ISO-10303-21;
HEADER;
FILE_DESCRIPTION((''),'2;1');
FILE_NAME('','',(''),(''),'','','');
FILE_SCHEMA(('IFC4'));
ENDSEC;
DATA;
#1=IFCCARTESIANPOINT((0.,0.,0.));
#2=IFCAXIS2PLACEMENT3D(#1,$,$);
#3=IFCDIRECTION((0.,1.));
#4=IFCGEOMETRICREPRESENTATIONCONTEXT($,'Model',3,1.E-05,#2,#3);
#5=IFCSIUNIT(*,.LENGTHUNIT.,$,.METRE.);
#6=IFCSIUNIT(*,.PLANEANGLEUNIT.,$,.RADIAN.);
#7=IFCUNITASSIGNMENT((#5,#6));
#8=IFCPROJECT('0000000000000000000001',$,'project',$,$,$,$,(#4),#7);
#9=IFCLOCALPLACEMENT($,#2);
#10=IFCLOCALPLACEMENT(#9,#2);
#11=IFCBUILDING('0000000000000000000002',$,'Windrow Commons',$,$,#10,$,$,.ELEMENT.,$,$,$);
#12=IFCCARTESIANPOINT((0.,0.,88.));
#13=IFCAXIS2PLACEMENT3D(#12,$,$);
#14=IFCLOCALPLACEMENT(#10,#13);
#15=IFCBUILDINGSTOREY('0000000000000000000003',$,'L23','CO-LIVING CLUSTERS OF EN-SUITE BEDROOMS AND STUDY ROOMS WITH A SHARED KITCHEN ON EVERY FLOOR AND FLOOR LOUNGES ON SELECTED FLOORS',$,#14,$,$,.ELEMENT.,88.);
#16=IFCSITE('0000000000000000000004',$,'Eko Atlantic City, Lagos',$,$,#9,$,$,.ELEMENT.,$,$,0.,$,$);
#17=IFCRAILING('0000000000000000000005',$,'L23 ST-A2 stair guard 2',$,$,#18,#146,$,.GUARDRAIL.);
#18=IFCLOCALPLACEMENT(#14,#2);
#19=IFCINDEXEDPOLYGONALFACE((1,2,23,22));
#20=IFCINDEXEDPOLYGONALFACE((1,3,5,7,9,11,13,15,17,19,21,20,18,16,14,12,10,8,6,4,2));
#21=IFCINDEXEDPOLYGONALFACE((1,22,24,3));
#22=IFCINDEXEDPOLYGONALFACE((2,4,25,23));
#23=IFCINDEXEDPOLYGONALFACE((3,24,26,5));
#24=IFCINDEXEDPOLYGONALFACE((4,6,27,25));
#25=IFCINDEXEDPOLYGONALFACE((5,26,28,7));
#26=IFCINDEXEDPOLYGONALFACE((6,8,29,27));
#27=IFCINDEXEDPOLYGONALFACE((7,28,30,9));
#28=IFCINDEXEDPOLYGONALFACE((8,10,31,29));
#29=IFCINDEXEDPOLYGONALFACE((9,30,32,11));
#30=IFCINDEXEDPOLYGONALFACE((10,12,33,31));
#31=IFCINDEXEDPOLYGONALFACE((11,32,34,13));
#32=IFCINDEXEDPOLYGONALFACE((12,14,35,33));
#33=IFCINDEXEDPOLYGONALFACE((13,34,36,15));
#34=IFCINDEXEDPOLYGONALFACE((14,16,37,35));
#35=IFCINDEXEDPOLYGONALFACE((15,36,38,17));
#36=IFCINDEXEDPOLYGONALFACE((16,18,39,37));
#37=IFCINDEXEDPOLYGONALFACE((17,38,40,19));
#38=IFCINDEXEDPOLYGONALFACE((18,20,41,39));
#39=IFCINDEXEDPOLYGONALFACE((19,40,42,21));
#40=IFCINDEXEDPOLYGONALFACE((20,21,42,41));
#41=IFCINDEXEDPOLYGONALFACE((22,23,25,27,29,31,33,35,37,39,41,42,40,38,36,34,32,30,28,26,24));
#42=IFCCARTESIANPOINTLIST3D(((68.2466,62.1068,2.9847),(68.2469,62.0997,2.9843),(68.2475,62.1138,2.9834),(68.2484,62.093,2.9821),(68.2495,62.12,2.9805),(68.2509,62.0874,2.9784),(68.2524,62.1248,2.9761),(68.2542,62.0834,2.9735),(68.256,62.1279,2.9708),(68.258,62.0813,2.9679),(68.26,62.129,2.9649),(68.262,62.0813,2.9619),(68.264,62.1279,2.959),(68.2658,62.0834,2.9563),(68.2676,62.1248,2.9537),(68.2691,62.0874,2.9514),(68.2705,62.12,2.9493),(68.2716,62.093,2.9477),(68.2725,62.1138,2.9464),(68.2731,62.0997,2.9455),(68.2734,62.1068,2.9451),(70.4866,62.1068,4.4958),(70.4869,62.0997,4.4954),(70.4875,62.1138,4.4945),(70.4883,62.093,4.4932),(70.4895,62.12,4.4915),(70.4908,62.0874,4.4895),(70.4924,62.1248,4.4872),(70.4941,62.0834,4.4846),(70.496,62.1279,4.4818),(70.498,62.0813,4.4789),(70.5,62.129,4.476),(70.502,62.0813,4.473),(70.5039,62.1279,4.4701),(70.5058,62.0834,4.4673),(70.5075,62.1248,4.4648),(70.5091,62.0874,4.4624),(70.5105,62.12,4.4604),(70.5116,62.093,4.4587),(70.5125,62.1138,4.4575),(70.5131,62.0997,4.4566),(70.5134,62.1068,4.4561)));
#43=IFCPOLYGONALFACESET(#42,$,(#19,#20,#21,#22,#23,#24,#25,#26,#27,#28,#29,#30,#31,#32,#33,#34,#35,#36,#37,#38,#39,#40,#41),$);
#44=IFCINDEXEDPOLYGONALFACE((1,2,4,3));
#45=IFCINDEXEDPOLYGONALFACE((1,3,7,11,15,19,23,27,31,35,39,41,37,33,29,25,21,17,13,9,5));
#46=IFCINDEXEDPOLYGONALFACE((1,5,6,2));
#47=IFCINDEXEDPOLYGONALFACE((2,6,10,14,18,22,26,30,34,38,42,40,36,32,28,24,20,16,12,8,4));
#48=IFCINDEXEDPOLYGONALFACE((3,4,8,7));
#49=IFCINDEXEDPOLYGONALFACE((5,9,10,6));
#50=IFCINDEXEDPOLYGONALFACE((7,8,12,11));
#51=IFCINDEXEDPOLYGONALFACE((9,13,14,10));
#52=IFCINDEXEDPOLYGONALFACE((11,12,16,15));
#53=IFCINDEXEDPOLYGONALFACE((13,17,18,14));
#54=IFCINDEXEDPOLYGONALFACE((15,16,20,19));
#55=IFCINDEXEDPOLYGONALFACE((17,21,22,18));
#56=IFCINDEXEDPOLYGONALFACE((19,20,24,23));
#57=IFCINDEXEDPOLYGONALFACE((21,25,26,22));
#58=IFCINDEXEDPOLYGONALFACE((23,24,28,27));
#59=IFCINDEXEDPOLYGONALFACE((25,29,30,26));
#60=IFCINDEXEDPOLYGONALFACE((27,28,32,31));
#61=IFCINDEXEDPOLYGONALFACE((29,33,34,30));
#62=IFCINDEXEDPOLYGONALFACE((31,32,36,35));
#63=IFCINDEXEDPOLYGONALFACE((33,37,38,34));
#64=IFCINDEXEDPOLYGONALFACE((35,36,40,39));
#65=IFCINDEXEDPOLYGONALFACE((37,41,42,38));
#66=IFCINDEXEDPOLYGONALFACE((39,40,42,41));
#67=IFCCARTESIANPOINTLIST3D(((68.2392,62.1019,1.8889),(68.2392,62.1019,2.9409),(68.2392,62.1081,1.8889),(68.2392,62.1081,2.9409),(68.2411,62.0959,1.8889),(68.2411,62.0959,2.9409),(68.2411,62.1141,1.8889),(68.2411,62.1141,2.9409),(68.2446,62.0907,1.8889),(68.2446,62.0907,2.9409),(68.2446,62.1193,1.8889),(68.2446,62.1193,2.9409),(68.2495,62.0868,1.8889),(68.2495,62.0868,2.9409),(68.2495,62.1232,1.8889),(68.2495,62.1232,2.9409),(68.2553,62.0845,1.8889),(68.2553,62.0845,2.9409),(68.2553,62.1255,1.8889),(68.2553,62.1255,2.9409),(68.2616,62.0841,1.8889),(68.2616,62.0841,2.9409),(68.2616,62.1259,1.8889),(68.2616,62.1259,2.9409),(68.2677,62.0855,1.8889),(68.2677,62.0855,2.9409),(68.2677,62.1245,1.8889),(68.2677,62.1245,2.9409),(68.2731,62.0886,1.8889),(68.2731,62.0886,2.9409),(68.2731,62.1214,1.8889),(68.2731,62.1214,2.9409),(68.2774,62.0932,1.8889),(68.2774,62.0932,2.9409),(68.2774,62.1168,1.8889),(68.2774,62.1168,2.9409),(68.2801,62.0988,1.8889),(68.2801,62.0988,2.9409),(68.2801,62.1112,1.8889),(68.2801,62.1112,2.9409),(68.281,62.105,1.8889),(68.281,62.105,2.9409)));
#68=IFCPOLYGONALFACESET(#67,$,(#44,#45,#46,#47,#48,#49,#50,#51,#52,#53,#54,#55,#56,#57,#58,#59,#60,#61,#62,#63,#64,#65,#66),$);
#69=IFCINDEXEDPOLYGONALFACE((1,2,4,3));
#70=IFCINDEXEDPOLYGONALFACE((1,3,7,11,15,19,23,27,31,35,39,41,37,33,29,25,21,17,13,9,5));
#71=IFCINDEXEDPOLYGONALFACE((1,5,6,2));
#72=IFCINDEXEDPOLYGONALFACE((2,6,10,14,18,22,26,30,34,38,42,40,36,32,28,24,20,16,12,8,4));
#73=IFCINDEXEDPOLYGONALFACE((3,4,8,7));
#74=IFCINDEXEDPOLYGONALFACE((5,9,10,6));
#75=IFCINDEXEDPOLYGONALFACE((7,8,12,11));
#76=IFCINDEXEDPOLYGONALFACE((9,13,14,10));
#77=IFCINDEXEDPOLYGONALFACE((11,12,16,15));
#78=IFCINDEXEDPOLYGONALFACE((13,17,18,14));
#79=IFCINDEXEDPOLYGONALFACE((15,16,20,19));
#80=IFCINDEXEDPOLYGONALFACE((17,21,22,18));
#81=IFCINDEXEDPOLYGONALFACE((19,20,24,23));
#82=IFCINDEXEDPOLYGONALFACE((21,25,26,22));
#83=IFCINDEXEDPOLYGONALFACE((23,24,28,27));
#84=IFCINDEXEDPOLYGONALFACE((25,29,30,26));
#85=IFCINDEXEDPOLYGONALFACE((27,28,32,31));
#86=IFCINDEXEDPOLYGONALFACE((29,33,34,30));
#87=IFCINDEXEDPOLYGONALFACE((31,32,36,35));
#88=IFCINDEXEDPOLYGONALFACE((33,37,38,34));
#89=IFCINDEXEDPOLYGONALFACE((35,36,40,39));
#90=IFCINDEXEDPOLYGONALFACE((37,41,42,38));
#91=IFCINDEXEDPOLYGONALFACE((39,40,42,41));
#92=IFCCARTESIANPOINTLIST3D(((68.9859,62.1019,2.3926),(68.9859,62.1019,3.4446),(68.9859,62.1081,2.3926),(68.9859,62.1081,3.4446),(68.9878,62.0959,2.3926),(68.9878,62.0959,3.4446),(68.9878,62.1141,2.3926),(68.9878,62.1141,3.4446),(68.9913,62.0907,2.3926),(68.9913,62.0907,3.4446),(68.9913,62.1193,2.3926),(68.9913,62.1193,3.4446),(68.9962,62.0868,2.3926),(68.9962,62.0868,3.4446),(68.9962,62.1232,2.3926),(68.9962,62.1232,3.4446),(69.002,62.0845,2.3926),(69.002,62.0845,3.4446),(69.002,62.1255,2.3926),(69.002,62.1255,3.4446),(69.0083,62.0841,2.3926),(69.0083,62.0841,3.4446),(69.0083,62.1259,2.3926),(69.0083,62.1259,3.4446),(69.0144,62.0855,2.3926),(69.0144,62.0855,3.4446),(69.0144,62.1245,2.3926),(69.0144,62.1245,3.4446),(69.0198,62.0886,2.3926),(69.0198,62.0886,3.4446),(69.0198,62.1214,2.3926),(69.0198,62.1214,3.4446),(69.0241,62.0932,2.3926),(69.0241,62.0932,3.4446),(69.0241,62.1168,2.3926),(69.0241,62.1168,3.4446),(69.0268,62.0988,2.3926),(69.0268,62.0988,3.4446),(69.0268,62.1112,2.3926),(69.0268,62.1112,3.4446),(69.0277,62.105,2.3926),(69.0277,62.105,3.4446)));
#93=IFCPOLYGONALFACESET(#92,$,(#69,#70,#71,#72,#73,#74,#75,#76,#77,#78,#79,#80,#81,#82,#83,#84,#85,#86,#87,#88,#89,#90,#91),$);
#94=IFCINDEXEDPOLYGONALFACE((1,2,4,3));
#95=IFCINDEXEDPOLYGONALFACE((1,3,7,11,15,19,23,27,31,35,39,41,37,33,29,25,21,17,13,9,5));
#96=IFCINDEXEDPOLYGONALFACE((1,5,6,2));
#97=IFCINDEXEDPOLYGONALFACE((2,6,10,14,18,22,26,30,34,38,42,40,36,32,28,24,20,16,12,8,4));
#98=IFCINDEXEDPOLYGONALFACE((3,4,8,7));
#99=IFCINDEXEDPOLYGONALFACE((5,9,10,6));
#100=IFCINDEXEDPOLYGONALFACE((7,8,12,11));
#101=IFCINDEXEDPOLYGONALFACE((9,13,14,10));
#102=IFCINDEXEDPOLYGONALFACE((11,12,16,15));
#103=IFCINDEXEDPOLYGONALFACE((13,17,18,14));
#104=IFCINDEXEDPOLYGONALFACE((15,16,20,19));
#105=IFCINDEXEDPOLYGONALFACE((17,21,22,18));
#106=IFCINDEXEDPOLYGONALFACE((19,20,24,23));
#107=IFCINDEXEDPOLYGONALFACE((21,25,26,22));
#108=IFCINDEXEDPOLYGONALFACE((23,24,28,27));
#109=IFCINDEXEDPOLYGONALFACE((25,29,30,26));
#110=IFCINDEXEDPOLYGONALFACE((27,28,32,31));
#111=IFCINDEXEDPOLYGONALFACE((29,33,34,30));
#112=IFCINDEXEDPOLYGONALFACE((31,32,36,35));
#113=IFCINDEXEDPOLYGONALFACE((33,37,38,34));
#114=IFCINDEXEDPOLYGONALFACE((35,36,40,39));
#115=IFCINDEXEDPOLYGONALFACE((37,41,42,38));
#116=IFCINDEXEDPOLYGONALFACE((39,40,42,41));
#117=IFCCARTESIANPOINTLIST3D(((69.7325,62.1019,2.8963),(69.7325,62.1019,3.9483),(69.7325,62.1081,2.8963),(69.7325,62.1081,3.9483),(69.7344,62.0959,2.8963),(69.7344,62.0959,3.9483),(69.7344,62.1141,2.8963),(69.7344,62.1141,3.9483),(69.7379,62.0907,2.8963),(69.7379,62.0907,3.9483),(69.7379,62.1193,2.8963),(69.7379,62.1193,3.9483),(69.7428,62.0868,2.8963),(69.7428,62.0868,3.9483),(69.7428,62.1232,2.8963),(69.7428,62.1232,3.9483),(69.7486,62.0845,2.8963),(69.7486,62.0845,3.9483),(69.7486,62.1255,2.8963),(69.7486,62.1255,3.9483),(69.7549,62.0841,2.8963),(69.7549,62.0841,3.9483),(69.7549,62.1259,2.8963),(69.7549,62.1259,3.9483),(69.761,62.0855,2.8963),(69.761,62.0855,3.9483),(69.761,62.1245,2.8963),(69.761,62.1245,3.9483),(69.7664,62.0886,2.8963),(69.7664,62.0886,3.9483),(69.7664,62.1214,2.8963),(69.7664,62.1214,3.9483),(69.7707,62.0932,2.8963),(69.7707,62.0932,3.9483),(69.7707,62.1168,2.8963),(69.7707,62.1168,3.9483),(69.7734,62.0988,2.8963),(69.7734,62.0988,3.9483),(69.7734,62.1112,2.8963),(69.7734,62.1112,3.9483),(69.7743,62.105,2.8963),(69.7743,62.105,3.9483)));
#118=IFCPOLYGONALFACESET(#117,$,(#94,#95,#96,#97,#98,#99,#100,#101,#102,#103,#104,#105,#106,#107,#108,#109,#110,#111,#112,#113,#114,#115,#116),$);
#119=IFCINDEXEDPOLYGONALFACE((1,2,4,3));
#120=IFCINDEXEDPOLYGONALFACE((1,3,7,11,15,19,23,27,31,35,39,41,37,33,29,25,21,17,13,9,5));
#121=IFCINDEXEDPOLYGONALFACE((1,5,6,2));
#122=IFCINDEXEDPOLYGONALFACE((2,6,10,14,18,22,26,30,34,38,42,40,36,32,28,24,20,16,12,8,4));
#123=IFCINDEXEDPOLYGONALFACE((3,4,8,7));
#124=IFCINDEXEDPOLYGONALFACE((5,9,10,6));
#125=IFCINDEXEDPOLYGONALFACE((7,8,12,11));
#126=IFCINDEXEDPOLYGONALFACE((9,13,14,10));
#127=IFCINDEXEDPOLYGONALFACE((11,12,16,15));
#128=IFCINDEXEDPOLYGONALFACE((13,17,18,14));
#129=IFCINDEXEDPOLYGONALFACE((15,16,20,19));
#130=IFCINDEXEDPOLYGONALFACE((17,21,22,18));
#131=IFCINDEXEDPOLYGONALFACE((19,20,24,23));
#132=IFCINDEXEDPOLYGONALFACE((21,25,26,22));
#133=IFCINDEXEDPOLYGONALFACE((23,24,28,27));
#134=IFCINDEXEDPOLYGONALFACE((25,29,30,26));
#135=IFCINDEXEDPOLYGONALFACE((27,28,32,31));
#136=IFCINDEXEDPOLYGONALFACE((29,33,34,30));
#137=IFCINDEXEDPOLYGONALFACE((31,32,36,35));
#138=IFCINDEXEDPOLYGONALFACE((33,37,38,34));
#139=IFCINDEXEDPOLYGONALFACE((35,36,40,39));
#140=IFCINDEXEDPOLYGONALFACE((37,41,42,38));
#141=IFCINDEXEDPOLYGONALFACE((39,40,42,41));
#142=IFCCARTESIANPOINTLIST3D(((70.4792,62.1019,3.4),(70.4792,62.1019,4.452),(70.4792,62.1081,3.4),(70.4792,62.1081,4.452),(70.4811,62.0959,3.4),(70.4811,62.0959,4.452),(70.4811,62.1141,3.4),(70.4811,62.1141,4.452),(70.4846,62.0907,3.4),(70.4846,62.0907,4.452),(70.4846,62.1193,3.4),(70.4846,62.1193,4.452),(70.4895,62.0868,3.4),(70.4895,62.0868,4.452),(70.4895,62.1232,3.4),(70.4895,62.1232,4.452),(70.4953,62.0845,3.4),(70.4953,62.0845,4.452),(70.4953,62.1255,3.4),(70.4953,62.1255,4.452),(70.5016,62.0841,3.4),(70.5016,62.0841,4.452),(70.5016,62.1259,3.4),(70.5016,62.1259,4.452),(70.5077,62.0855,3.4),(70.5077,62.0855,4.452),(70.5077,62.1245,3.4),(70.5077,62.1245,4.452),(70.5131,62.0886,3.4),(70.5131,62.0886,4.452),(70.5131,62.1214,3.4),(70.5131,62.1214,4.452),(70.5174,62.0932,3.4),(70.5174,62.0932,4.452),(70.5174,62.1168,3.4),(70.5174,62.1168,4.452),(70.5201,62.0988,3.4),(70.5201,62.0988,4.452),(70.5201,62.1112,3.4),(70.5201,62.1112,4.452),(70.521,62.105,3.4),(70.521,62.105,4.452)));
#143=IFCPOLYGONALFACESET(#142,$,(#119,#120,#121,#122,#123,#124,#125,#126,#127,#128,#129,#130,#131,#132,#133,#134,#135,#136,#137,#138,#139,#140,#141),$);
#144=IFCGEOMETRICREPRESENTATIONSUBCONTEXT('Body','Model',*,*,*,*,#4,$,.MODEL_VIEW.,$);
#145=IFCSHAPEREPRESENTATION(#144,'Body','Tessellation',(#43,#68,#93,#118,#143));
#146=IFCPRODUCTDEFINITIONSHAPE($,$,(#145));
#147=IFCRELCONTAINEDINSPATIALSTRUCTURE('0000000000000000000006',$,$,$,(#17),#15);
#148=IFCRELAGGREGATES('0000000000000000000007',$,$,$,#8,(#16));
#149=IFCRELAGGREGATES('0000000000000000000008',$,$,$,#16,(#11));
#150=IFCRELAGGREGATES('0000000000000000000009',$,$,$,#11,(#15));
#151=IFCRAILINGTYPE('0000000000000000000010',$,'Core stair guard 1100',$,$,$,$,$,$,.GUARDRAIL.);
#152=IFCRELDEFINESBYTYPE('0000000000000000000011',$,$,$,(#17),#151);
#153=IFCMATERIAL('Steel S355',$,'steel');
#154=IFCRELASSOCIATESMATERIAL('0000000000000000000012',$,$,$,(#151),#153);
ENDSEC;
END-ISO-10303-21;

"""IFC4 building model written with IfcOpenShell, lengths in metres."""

from ifc_helpers import new_model, si_unit, direction, frame, origin, origin_2d, place, context, subcontext, project, spatial, circle, extrude, material, type_object, element, save


model = new_model("IFC4")

# Units and contexts
model_context = context("Model", 3, precision=1e-05, world=origin(), true_north=direction((0.0, 1.0)))
body_context = subcontext(model_context, "Body", "Model", "MODEL_VIEW")
ifc_project = project(units=[si_unit("LENGTHUNIT", "METRE"), si_unit("PLANEANGLEUNIT", "RADIAN")], contexts=[model_context])

# Site, building, storey
site_placement = place(None, origin())
site = spatial("IfcSite", under=ifc_project, at=site_placement, Name="Eko Atlantic City, Lagos", CompositionType="ELEMENT", RefElevation=0.0)
building_placement = place(site_placement, origin())
building = spatial("IfcBuilding", under=site, at=building_placement, Name="Windrow Commons", CompositionType="ELEMENT")
storey_placement = place(building_placement, frame((0.0, 0.0, 88.0)))
storey = spatial("IfcBuildingStorey", under=building, at=storey_placement, Name="L23", Description="CO-LIVING CLUSTERS OF EN-SUITE BEDROOMS AND STUDY ROOMS WITH A SHARED KITCHEN ON EVERY FLOOR AND FLOOR LOUNGES ON SELECTED FLOORS", CompositionType="ELEMENT", Elevation=88.0)

# Railing
ifc_material_1 = material(Name="Steel S355", Category="steel")
railing_type_1 = type_object("IfcRailingType", Name="Core stair guard 1100", PredefinedType="GUARDRAIL", material=ifc_material_1)
railing_1_placement = place(storey_placement, frame((68.26, 62.105, 1.8889)))
element("IfcRailing", 1, at=railing_1_placement, inside=storey, type_object=railing_type_1, Name="L23 ST-A2 stair guard 2", PredefinedType="GUARDRAIL", context=body_context, shape_type="SweptSolid", body=[
    extrude(circle(Radius=0.024, at=origin_2d()), frame((0.0, 0.0, 1.076), z_axis=(0.829003, 0.0, 0.559244), x_axis=(0.0, 1.0, 0.0)), (0.0, 0.0, 1.0), 2.702),
    extrude(circle(Radius=0.021, at=origin_2d()), origin(), (0.0, 0.0, 1.0), 1.052),
    extrude(circle(Radius=0.021, at=origin_2d()), frame((0.7467, 0.0, 0.5037)), (0.0, 0.0, 1.0), 1.052),
    extrude(circle(Radius=0.021, at=origin_2d()), frame((1.4933, 0.0, 1.0074)), (0.0, 0.0, 1.0), 1.052),
    extrude(circle(Radius=0.021, at=origin_2d()), frame((2.24, 0.0, 1.5111)), (0.0, 0.0, 1.0), 1.052),
])

save(model, "model.ifc")
